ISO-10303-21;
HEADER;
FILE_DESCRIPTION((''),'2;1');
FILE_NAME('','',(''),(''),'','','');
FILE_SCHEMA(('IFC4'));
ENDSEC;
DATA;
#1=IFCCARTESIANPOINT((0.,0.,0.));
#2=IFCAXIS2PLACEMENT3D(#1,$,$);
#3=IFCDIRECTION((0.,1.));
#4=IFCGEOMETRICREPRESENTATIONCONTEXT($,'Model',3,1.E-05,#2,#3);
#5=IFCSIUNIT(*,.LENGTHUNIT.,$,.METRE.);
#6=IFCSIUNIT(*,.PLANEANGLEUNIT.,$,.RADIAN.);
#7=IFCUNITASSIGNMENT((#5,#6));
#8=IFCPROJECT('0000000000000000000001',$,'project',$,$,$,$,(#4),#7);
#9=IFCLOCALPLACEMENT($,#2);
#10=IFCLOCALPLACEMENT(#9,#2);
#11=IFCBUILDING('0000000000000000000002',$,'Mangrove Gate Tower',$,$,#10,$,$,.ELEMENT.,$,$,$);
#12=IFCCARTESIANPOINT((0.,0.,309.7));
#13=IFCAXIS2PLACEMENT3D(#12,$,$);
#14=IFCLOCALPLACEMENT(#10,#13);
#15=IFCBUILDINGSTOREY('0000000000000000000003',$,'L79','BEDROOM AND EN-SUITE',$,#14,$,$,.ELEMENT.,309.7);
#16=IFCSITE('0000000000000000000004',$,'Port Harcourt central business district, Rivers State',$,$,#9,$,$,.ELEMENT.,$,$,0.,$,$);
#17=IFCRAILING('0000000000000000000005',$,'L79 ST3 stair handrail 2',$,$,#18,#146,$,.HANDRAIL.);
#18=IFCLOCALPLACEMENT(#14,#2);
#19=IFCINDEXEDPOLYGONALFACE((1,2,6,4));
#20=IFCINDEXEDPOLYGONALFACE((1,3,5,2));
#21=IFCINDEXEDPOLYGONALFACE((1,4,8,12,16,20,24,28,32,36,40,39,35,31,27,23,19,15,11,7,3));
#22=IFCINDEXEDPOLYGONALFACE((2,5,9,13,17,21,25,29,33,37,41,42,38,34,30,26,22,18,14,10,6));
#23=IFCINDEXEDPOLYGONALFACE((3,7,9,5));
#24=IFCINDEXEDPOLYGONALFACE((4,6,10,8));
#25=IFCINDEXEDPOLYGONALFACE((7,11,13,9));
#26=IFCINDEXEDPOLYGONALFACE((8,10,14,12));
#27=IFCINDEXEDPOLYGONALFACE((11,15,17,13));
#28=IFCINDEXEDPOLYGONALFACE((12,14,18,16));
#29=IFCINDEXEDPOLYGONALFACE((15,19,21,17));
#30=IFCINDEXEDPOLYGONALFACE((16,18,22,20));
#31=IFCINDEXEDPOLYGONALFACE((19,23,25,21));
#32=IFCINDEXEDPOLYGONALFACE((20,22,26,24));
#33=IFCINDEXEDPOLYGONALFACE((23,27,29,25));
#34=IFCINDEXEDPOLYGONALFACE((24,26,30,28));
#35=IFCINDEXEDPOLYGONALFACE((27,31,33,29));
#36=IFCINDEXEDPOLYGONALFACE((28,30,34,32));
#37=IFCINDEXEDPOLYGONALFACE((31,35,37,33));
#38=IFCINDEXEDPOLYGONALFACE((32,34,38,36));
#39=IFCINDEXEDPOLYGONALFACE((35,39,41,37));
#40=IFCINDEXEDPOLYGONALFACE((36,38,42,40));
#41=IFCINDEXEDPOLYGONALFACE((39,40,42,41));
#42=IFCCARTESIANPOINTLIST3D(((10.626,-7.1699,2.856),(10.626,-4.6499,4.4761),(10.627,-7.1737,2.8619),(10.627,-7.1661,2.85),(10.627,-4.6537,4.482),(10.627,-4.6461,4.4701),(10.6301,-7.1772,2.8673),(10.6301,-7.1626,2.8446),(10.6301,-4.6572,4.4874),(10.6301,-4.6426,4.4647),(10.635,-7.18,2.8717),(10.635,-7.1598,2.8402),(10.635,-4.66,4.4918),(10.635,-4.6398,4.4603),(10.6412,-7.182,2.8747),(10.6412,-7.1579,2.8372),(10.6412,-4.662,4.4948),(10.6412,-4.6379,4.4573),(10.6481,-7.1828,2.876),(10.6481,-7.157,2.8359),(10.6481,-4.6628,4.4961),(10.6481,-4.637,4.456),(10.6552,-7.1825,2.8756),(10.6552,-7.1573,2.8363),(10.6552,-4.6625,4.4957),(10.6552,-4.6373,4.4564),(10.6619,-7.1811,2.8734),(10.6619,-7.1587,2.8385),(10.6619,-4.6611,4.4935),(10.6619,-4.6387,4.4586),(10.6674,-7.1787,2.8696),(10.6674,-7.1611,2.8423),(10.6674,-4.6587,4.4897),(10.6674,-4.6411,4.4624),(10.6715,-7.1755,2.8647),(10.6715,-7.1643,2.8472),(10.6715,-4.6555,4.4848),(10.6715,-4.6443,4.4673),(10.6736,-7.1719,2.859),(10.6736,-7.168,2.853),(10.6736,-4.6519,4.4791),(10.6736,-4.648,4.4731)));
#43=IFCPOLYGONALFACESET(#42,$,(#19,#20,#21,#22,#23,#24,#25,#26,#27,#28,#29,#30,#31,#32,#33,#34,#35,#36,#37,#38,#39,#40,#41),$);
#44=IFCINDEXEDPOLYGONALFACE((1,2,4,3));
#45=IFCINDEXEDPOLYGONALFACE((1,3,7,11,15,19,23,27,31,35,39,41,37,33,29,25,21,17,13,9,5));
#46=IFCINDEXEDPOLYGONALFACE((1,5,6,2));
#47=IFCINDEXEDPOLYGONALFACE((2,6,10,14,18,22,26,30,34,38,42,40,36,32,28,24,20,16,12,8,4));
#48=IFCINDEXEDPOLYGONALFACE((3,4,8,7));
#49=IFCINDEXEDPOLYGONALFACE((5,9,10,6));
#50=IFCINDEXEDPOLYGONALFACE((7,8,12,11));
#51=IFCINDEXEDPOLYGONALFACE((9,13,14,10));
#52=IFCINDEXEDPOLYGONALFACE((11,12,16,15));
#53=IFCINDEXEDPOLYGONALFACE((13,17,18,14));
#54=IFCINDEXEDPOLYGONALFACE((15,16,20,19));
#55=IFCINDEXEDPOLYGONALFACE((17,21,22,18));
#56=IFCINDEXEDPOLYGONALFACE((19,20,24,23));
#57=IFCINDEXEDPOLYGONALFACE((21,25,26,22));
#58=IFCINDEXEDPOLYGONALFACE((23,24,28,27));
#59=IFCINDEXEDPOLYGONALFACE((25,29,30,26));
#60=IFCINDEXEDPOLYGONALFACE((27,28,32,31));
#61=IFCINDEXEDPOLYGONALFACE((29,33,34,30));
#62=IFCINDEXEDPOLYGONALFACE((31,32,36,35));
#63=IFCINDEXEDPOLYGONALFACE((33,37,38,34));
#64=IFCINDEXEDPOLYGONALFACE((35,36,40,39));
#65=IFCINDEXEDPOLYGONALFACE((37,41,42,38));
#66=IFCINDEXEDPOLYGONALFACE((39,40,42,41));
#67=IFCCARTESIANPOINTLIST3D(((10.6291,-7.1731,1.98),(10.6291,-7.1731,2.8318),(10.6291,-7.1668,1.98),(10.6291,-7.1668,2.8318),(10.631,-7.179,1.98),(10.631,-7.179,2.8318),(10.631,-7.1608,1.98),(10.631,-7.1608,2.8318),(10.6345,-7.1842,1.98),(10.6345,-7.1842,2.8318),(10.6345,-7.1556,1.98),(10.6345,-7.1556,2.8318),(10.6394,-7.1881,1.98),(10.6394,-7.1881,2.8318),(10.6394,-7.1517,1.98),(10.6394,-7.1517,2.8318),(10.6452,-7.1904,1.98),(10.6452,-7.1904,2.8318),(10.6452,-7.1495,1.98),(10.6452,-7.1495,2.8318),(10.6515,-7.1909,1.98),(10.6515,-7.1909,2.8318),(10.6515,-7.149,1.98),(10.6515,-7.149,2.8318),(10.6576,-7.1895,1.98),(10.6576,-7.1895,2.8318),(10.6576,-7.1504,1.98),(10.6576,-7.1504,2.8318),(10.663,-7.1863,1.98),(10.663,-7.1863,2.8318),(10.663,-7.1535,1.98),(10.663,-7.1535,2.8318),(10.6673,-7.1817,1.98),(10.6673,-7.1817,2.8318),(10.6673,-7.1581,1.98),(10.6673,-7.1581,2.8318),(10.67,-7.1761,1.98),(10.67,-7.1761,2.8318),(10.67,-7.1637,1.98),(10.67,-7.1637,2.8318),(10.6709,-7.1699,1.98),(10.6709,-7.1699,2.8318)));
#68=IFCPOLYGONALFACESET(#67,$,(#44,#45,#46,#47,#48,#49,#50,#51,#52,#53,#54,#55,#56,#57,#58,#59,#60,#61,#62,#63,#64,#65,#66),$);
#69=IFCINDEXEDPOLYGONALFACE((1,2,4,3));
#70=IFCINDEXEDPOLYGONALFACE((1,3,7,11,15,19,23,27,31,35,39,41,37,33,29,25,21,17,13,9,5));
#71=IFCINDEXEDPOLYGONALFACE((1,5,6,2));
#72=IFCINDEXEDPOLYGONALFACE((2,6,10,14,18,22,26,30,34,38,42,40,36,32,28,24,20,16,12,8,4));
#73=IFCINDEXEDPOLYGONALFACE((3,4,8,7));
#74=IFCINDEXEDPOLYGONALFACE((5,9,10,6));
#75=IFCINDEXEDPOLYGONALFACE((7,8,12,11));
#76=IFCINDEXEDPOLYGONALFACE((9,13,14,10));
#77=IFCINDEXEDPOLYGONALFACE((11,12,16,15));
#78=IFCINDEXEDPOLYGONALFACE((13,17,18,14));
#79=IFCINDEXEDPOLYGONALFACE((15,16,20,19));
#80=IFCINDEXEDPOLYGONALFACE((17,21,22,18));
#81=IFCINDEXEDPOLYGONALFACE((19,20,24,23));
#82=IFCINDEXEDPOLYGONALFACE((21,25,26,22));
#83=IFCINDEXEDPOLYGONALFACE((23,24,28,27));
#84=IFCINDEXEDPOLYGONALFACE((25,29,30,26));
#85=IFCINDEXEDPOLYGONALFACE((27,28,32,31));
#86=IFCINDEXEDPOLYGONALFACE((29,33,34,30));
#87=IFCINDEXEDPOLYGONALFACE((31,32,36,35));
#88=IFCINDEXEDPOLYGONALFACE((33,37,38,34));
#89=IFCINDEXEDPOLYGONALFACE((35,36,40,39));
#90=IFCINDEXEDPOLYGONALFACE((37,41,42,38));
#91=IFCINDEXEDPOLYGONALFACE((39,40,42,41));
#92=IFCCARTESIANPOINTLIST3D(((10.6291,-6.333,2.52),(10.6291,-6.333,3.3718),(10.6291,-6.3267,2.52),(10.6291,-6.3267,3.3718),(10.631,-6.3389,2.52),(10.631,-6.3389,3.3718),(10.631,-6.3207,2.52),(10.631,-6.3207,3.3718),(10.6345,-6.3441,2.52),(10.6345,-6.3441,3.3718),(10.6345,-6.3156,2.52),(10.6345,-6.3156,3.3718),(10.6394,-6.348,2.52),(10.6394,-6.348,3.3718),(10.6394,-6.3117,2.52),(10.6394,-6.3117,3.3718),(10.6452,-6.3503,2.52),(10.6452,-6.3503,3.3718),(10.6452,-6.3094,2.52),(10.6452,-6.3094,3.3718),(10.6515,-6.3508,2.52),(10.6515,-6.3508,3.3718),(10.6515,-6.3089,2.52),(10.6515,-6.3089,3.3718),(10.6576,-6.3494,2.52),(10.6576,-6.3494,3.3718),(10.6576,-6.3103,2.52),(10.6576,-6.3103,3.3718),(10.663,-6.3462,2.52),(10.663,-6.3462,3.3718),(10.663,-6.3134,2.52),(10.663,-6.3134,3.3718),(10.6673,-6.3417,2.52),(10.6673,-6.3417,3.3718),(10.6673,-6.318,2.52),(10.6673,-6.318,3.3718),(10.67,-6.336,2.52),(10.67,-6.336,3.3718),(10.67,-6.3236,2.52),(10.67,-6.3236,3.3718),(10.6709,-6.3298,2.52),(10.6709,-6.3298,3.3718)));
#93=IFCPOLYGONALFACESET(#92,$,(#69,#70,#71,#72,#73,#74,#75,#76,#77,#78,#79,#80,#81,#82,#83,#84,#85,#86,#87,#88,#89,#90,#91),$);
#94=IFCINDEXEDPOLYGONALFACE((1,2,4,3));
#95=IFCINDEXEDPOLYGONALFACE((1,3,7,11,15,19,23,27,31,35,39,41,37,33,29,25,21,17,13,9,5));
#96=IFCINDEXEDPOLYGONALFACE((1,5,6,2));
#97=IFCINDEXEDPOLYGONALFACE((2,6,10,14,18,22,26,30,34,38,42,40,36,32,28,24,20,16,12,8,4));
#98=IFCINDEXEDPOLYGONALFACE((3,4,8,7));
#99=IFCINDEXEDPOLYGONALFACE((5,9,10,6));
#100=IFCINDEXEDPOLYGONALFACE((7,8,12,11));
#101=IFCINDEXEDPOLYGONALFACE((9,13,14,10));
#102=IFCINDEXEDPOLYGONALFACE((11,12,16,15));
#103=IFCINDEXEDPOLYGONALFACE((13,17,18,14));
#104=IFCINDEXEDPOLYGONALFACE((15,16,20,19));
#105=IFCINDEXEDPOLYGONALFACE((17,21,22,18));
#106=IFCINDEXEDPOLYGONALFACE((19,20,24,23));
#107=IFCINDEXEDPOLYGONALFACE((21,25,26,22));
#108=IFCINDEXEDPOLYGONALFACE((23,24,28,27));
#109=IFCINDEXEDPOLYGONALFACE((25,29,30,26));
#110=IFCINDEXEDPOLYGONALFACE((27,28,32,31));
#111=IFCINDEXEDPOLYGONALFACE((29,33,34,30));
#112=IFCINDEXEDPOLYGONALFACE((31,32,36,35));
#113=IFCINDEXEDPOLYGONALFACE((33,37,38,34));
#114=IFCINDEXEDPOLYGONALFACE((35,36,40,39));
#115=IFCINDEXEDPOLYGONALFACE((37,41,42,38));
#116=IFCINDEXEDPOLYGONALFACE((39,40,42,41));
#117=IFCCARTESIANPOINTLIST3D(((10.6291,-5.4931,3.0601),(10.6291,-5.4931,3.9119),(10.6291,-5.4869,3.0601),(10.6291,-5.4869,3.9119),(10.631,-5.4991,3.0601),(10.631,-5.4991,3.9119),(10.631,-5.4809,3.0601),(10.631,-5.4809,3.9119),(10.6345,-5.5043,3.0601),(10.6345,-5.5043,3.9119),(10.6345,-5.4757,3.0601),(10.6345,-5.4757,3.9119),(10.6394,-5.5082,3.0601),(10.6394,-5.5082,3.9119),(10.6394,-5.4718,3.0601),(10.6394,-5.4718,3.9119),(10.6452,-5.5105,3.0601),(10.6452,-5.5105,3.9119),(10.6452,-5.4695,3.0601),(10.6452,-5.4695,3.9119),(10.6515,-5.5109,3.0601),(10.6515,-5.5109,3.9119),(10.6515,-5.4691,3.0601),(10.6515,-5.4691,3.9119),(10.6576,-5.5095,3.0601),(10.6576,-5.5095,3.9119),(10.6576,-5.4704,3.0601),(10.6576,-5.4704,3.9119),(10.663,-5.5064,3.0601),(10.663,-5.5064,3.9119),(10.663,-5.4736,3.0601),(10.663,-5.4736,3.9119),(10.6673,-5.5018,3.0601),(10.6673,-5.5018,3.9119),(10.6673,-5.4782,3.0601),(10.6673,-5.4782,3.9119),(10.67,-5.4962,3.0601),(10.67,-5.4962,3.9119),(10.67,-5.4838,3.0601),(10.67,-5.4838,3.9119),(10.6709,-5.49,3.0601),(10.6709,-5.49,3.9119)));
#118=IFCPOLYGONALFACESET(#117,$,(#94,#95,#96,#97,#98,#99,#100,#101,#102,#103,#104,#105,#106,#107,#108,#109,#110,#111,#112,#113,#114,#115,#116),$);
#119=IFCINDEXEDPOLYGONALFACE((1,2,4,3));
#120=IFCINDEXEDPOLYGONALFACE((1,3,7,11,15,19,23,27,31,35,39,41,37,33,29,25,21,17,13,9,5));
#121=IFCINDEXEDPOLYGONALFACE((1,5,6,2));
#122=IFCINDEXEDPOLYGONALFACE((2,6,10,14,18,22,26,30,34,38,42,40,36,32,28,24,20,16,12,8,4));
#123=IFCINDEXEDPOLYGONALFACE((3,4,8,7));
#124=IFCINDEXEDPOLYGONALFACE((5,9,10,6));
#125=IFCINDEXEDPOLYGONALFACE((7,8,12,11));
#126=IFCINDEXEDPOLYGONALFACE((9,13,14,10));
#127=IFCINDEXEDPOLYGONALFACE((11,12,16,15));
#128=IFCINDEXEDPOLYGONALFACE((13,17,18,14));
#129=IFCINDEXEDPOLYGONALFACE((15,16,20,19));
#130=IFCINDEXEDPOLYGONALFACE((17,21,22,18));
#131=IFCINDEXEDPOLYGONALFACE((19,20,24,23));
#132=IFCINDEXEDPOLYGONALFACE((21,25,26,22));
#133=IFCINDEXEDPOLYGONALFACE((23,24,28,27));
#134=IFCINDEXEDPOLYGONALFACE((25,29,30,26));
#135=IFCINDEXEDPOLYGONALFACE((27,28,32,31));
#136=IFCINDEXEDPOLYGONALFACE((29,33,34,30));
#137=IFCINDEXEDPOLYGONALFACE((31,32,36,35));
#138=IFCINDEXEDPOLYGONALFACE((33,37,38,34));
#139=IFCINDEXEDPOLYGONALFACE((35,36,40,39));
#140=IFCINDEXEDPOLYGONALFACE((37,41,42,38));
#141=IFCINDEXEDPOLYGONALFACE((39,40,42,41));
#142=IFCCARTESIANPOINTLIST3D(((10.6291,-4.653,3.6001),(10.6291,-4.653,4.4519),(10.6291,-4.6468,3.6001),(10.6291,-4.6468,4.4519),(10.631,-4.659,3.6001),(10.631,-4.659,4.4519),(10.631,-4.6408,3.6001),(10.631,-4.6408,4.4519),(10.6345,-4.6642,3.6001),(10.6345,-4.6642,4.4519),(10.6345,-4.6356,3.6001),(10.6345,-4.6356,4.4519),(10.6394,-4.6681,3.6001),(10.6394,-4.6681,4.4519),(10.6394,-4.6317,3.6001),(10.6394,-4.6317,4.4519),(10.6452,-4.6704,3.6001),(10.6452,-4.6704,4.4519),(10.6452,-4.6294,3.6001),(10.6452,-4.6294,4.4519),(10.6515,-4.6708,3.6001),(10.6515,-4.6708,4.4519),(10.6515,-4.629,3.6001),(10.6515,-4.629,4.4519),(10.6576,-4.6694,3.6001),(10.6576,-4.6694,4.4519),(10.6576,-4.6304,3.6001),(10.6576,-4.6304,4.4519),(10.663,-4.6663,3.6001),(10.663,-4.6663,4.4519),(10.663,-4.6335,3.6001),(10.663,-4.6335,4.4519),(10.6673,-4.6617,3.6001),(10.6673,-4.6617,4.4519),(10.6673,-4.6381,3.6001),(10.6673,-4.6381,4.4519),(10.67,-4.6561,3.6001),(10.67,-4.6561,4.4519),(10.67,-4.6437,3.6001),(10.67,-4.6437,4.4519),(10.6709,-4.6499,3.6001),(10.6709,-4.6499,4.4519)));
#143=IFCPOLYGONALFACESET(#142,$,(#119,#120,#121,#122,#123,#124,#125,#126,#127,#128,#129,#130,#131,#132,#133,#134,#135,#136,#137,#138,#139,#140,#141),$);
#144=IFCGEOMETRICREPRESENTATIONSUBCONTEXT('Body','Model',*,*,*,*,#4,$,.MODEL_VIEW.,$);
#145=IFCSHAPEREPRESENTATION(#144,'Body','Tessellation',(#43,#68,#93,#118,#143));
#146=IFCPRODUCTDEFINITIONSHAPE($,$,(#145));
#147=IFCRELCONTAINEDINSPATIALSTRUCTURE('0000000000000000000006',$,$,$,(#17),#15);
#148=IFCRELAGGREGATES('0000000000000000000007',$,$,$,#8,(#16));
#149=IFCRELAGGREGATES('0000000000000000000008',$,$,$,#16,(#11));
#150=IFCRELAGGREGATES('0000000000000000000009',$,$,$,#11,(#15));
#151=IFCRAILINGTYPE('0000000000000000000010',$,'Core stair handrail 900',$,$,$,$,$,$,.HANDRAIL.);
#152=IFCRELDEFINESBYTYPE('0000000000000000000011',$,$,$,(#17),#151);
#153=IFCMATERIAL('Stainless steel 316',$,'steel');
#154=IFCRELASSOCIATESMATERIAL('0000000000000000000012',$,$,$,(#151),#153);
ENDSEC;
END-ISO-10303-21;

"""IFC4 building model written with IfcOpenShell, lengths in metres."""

from ifc_helpers import new_model, si_unit, direction, frame, origin, origin_2d, place, context, subcontext, project, spatial, circle, extrude, material, type_object, element, save


model = new_model("IFC4")

# Units and contexts
model_context = context("Model", 3, precision=1e-05, world=origin(), true_north=direction((0.0, 1.0)))
body_context = subcontext(model_context, "Body", "Model", "MODEL_VIEW")
ifc_project = project(units=[si_unit("LENGTHUNIT", "METRE"), si_unit("PLANEANGLEUNIT", "RADIAN")], contexts=[model_context])

# Site, building, storey
site_placement = place(None, origin())
site = spatial("IfcSite", under=ifc_project, at=site_placement, Name="Port Harcourt central business district, Rivers State", CompositionType="ELEMENT", RefElevation=0.0)
building_placement = place(site_placement, origin())
building = spatial("IfcBuilding", under=site, at=building_placement, Name="Mangrove Gate Tower", CompositionType="ELEMENT")
storey_placement = place(building_placement, frame((0.0, 0.0, 309.7)))
storey = spatial("IfcBuildingStorey", under=building, at=storey_placement, Name="L79", Description="BEDROOM AND EN-SUITE", CompositionType="ELEMENT", Elevation=309.7)

# Railing
ifc_material_1 = material(Name="Stainless steel 316", Category="steel")
railing_type_1 = type_object("IfcRailingType", Name="Core stair handrail 900", PredefinedType="HANDRAIL", material=ifc_material_1)
railing_1_placement = place(storey_placement, frame((10.6499, -7.1699, 1.98)))
element("IfcRailing", 1, at=railing_1_placement, inside=storey, type_object=railing_type_1, Name="L79 ST3 stair handrail 2", PredefinedType="HANDRAIL", context=body_context, shape_type="SweptSolid", body=[
    extrude(circle(Radius=0.0239, at=origin_2d()), frame((0.0, 0.0, 0.876), z_axis=(0.0, 0.841163, 0.540782), x_axis=(-1.0, 0.0, 0.0)), (0.0, 0.0, 1.0), 2.9958),
    extrude(circle(Radius=0.021, at=origin_2d()), origin(), (0.0, 0.0, 1.0), 0.8518),
    extrude(circle(Radius=0.021, at=origin_2d()), frame((0.0, 0.8401, 0.54)), (0.0, 0.0, 1.0), 0.8518),
    extrude(circle(Radius=0.021, at=origin_2d()), frame((0.0, 1.6799, 1.0801)), (0.0, 0.0, 1.0), 0.8518),
    extrude(circle(Radius=0.021, at=origin_2d()), frame((0.0, 2.52, 1.6201)), (0.0, 0.0, 1.0), 0.8518),
])

save(model, "model.ifc")
